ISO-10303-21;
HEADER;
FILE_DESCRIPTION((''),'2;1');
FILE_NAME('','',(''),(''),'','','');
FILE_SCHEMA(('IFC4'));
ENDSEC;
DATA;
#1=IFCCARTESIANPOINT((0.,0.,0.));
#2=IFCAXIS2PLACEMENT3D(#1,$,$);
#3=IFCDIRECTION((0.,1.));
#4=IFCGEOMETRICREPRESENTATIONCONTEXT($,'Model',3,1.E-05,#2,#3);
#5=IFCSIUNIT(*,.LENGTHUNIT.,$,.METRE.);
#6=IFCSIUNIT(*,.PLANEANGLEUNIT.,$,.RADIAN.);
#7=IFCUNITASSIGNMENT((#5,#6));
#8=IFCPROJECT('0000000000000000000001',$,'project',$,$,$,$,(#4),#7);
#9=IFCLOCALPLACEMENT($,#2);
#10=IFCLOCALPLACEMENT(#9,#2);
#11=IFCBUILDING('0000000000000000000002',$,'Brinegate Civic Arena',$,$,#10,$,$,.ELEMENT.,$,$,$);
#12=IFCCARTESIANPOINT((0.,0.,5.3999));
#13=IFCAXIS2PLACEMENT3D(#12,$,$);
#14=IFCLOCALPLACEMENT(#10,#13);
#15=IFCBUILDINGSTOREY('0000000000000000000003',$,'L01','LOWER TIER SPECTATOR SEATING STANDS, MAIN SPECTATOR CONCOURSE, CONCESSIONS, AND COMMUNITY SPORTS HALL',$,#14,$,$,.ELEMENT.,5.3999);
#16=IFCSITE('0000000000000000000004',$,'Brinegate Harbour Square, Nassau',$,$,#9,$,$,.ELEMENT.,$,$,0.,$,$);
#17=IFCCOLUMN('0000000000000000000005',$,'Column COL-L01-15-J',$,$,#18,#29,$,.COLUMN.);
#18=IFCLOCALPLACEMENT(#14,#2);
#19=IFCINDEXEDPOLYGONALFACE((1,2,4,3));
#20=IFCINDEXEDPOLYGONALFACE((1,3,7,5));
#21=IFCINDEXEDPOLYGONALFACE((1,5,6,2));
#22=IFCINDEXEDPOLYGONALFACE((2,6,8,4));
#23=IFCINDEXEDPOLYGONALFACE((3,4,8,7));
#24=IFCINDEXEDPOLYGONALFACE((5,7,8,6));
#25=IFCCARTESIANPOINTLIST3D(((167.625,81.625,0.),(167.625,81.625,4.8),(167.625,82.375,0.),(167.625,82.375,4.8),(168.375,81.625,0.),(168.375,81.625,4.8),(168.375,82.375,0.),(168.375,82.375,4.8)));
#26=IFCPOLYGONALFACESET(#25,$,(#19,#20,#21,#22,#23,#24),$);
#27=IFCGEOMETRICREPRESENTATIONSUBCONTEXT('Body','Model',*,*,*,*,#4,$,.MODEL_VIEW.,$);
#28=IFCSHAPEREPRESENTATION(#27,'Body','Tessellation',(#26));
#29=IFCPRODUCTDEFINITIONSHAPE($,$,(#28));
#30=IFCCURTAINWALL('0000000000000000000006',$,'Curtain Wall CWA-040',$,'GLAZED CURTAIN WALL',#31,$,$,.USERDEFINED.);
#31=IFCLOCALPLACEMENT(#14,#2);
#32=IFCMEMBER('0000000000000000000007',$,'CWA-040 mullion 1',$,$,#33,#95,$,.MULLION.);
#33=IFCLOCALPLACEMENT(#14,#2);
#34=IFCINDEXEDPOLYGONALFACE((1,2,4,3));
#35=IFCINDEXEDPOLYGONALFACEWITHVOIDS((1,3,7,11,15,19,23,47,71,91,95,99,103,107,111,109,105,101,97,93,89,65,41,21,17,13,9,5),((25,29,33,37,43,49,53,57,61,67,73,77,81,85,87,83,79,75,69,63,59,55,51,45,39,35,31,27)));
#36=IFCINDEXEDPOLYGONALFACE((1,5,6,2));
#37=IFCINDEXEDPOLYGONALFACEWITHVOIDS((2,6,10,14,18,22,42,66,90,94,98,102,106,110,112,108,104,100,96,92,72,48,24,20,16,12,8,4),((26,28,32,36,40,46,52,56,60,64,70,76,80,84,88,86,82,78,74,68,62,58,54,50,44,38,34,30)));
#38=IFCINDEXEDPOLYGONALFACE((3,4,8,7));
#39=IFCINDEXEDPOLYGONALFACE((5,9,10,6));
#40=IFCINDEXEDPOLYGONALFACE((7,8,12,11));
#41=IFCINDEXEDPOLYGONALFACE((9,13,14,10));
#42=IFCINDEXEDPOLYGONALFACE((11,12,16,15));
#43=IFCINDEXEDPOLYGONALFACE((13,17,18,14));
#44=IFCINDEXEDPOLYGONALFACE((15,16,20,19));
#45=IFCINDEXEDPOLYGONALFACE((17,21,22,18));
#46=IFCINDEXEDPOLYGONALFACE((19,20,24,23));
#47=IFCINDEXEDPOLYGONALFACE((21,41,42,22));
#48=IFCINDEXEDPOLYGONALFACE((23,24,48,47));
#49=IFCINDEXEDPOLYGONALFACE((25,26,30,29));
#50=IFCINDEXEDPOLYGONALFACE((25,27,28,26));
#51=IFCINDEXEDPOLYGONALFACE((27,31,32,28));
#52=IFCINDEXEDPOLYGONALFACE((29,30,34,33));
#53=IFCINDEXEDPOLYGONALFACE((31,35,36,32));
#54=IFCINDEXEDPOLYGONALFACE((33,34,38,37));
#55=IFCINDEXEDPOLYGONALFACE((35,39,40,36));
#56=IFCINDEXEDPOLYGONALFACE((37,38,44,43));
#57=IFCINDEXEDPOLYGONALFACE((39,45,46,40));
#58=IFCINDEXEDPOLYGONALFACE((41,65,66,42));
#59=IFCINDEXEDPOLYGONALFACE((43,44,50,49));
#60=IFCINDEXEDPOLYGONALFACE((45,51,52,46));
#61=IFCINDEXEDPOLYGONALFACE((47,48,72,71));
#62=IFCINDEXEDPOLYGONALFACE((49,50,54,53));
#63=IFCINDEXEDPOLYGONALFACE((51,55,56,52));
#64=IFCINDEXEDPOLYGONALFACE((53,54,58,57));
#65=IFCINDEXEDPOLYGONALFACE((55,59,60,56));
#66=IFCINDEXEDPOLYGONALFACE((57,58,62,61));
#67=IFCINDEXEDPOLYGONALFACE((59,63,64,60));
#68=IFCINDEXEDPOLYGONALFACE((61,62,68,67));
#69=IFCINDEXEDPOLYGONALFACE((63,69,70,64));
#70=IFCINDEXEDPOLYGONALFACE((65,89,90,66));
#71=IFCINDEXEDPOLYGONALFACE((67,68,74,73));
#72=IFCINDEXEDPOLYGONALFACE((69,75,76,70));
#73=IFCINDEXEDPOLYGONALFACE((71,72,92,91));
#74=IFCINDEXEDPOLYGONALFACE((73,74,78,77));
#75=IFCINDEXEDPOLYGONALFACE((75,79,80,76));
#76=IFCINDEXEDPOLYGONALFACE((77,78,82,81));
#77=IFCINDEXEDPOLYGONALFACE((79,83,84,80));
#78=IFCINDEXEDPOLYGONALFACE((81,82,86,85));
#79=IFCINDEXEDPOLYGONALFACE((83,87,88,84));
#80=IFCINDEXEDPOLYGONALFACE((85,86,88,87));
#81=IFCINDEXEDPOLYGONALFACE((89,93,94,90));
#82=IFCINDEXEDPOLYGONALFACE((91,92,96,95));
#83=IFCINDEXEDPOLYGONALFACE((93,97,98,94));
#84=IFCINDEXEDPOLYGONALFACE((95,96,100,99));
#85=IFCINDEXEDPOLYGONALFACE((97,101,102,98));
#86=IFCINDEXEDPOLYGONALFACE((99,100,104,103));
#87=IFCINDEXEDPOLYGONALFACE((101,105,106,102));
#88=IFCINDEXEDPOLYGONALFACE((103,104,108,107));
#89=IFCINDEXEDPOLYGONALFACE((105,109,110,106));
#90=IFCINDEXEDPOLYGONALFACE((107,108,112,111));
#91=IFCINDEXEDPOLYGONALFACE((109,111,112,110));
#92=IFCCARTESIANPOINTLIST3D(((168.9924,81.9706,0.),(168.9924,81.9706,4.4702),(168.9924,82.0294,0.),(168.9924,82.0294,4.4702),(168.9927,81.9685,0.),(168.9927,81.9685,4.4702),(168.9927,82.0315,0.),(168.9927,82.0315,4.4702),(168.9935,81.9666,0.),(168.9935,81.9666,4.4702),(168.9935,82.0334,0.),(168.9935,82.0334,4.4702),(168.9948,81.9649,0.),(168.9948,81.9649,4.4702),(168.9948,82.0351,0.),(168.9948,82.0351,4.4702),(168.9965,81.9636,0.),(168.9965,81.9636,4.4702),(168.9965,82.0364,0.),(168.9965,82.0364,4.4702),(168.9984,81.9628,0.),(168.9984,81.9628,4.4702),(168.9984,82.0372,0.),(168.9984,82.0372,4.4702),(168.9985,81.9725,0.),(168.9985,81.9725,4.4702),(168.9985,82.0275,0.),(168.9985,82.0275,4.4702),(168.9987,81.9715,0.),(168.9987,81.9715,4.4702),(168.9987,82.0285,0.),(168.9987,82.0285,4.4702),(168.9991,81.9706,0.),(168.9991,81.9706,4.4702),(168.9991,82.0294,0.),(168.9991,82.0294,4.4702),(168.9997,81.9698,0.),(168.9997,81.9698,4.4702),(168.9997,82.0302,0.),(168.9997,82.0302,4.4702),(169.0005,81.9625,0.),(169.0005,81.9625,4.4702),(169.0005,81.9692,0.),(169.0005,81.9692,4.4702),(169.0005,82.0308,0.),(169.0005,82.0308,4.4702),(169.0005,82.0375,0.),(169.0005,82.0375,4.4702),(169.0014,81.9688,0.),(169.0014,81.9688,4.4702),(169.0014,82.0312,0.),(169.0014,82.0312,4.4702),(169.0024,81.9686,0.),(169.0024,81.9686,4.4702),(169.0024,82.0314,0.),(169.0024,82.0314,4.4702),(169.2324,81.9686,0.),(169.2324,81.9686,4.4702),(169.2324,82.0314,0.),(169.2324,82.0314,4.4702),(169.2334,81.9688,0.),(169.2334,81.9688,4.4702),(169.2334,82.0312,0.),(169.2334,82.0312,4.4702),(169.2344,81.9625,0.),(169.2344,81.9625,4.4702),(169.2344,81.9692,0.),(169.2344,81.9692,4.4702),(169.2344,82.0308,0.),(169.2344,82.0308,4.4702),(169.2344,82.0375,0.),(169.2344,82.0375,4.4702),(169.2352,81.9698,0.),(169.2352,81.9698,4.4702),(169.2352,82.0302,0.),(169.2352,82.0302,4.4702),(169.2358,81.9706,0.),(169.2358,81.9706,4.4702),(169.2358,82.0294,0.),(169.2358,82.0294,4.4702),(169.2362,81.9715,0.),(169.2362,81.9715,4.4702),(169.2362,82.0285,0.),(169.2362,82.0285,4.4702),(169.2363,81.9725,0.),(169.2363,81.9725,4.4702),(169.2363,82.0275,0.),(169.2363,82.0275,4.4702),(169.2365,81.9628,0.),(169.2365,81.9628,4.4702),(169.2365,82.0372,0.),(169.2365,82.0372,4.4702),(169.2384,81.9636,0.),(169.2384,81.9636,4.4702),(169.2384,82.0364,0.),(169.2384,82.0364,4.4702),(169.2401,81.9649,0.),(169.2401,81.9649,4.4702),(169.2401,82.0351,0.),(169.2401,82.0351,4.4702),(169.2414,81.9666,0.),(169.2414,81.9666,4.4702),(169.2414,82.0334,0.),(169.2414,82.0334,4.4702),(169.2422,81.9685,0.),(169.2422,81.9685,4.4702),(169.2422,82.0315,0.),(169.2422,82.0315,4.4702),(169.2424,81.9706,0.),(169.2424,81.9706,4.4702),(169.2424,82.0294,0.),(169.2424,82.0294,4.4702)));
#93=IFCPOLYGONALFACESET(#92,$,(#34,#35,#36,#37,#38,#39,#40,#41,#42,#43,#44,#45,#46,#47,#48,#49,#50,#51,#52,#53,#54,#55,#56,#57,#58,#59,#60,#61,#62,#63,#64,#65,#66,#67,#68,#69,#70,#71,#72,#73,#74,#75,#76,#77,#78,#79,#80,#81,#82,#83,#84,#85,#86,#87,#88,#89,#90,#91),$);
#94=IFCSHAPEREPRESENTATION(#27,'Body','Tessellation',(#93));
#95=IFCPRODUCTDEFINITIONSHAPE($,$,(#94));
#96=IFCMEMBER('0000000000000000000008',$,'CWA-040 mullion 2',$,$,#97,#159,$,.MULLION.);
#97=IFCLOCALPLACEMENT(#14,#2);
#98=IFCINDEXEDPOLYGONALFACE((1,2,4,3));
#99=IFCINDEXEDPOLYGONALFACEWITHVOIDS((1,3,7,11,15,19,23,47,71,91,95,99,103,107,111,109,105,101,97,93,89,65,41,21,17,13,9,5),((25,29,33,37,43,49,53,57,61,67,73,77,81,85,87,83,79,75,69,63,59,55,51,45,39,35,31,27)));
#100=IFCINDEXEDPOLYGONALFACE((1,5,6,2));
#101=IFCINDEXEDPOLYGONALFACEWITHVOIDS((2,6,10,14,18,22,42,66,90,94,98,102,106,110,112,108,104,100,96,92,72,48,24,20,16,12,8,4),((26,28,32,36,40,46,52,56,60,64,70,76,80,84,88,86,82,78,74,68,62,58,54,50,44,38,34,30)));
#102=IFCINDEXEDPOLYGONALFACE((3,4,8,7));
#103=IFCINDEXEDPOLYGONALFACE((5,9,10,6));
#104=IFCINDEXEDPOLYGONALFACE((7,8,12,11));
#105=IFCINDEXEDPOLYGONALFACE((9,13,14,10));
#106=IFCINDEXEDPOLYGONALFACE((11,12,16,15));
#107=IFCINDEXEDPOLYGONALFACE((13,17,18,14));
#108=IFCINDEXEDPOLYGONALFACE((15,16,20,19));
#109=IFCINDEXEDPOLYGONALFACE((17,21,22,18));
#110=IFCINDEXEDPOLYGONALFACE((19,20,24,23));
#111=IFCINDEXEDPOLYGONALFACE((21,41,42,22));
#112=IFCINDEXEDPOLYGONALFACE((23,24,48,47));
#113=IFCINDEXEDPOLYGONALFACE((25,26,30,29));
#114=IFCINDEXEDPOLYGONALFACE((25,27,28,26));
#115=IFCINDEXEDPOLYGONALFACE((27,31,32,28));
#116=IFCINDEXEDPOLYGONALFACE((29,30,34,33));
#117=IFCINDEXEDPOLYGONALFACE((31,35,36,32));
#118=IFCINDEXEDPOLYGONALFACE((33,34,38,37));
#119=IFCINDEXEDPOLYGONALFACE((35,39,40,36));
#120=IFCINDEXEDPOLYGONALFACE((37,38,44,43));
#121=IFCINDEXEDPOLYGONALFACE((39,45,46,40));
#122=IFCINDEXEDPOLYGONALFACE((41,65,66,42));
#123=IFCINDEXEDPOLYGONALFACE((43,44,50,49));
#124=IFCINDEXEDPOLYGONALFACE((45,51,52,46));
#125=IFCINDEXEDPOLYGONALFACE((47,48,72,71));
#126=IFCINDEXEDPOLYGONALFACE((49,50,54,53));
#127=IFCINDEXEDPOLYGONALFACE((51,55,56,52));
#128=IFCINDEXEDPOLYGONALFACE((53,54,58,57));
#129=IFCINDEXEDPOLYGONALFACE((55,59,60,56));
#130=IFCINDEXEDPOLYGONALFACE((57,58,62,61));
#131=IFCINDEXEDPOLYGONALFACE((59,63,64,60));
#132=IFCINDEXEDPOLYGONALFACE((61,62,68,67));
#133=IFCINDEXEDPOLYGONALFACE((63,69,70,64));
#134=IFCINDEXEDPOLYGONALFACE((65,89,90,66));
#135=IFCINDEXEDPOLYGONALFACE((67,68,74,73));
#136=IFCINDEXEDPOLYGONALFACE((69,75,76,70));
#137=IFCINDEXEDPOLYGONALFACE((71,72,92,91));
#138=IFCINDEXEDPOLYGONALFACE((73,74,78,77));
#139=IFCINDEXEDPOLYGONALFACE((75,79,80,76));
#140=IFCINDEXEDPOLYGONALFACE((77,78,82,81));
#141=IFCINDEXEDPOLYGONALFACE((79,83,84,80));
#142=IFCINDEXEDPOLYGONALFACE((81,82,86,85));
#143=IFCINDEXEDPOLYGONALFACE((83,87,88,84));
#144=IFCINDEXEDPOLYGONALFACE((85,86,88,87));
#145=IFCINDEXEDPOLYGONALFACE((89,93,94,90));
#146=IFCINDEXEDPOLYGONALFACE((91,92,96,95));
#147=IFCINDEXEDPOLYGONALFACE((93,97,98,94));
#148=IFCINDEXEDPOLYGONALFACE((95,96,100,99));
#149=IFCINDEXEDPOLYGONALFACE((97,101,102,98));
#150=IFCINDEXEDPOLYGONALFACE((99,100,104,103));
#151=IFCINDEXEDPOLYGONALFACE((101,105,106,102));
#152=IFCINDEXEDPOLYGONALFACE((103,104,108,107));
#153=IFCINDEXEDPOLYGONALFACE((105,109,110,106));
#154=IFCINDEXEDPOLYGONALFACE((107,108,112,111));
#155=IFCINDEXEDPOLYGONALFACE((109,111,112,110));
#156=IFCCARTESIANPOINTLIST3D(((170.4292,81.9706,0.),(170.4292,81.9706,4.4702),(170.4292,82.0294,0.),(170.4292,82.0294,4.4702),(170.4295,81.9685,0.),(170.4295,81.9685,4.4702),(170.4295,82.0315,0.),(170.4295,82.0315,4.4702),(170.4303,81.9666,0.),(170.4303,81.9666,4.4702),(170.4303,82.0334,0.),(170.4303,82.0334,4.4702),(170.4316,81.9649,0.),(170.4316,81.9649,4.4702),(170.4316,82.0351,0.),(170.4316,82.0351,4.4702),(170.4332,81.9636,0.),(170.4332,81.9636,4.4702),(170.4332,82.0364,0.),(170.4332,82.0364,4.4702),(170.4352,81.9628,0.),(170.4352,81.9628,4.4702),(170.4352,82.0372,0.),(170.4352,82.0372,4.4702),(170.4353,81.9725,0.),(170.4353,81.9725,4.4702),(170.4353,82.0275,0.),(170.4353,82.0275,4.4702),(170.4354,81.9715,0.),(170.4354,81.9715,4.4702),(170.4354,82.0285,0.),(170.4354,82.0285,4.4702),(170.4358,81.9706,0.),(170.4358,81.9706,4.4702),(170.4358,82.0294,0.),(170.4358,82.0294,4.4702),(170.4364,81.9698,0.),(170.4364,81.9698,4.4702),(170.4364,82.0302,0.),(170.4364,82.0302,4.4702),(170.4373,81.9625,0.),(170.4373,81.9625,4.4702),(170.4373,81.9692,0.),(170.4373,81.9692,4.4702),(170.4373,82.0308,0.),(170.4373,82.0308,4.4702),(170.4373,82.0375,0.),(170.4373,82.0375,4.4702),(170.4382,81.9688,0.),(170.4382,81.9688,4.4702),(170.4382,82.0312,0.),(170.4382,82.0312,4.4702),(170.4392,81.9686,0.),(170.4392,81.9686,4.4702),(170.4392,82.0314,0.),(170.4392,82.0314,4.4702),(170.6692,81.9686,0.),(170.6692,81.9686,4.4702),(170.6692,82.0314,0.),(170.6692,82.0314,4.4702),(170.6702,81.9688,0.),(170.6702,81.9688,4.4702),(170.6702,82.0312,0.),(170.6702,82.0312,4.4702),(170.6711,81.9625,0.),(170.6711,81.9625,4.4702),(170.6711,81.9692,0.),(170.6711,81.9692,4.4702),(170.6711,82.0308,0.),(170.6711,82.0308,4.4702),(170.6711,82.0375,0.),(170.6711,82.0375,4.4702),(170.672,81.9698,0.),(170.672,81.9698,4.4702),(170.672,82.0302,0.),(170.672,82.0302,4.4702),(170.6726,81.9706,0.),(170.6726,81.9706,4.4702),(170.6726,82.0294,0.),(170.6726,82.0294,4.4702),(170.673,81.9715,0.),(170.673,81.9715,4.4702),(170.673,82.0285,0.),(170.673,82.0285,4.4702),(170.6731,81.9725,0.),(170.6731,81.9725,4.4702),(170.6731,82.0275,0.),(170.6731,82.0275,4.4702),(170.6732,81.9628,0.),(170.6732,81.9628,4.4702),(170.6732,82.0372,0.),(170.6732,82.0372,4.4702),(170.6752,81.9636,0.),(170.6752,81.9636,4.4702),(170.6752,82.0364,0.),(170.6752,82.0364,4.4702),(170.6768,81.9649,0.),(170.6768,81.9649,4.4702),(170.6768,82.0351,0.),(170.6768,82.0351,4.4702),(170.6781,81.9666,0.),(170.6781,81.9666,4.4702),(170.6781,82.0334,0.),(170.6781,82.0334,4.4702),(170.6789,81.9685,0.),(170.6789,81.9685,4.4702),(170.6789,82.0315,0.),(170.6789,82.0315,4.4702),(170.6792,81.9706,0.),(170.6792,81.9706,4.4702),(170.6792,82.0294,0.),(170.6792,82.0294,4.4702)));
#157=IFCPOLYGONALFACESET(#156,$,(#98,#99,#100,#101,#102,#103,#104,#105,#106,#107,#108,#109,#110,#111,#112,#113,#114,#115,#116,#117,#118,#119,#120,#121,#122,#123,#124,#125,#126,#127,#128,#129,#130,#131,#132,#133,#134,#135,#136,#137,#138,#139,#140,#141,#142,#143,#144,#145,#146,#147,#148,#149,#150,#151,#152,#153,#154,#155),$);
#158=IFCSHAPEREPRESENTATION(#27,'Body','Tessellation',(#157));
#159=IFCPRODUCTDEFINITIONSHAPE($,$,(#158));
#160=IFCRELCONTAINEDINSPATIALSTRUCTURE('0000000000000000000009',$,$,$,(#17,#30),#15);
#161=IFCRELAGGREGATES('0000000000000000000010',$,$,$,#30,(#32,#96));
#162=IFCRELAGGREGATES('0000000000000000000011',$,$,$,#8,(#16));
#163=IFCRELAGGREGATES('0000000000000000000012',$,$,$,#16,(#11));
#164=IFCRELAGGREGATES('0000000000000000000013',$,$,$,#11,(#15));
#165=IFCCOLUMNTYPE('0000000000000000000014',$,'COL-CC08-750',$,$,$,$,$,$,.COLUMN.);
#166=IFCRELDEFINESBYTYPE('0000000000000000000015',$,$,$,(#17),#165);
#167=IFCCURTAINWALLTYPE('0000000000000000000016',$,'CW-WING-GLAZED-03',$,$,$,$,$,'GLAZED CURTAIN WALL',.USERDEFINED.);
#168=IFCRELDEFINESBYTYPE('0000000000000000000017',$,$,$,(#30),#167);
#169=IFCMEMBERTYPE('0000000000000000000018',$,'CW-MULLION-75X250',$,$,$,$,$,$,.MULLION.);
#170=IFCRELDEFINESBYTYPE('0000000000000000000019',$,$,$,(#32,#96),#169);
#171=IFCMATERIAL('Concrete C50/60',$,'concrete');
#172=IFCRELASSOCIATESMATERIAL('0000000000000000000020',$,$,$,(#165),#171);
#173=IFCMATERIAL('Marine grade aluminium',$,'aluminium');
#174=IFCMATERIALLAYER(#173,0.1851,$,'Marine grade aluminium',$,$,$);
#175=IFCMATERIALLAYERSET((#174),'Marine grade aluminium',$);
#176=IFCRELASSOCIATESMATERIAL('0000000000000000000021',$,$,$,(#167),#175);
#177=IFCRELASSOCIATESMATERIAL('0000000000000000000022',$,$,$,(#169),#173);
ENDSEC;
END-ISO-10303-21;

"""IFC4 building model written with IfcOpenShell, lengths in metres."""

from ifc_helpers import new_model, si_unit, direction, frame, origin, origin_2d, place, context, subcontext, project, spatial, rectangle, hollow_rectangle, extrude, material, layer, layer_set, material_profile, profile_set, type_object, element, aggregate, save


model = new_model("IFC4")

# Units and contexts
model_context = context("Model", 3, precision=1e-05, world=origin(), true_north=direction((0.0, 1.0)))
body_context = subcontext(model_context, "Body", "Model", "MODEL_VIEW")
ifc_project = project(units=[si_unit("LENGTHUNIT", "METRE"), si_unit("PLANEANGLEUNIT", "RADIAN")], contexts=[model_context])

# Site, building, storey
site_placement = place(None, origin())
site = spatial("IfcSite", under=ifc_project, at=site_placement, Name="Brinegate Harbour Square, Nassau", CompositionType="ELEMENT", RefElevation=0.0)
building_placement = place(site_placement, origin())
building = spatial("IfcBuilding", under=site, at=building_placement, Name="Brinegate Civic Arena", CompositionType="ELEMENT")
storey_placement = place(building_placement, frame((0.0, 0.0, 5.3999)))
storey = spatial("IfcBuildingStorey", under=building, at=storey_placement, Name="L01", Description="LOWER TIER SPECTATOR SEATING STANDS, MAIN SPECTATOR CONCOURSE, CONCESSIONS, AND COMMUNITY SPORTS HALL", CompositionType="ELEMENT", Elevation=5.3999)

# Column
ifc_material_1 = material(Name="Concrete C50/60", Category="concrete")
ifc_material_profile_1 = material_profile(ifc_material_1, rectangle(XDim=0.75, YDim=0.75, at=origin_2d()), Name="RC750X750")
ifc_profile_set_1 = profile_set([ifc_material_profile_1], Name="Concrete C50/60")
column_type = type_object("IfcColumnType", Name="COL-CC08-750", PredefinedType="COLUMN", material=ifc_profile_set_1)
column_placement = place(storey_placement, frame((168.0, 82.0, 0.0), z_axis=(0.0, 0.0, 1.0), x_axis=(1.0, 0.0, 0.0)))
element("IfcColumn", 1, at=column_placement, inside=storey, type_object=column_type, Name="Column COL-L01-15-J", PredefinedType="COLUMN", context=body_context, shape_type="SweptSolid", body=[
    extrude(rectangle(XDim=0.75, YDim=0.75, at=origin_2d()), origin(), (0.0, 0.0, 1.0), 4.8),
])

# Curtain wall, members
ifc_material_2 = material(Name="Marine grade aluminium", Category="aluminium")
ifc_layer_1 = layer(ifc_material_2, 0.1851, Name="Marine grade aluminium")
ifc_layer_set_1 = layer_set([ifc_layer_1], Name="Marine grade aluminium")
curtain_wall_type = type_object("IfcCurtainWallType", Name="CW-WING-GLAZED-03", ElementType="GLAZED CURTAIN WALL", PredefinedType="USERDEFINED", material=ifc_layer_set_1)
curtain_wall_placement = place(storey_placement, origin())
curtain_wall = element("IfcCurtainWall", 2, at=curtain_wall_placement, inside=storey, type_object=curtain_wall_type, Name="Curtain Wall CWA-040", ObjectType="GLAZED CURTAIN WALL", PredefinedType="USERDEFINED")
ifc_material_profile_2 = material_profile(ifc_material_2, hollow_rectangle(XDim=0.075, YDim=0.25, WallThickness=0.0061, InnerFilletRadius=0.0039, OuterFilletRadius=0.0081, at=origin_2d()), Name="MUL75X250")
ifc_profile_set_2 = profile_set([ifc_material_profile_2], Name="Marine grade aluminium")
member_type_1 = type_object("IfcMemberType", Name="CW-MULLION-75X250", PredefinedType="MULLION", material=ifc_profile_set_2)
member_1_placement = place(storey_placement, frame((169.1174, 82.0, 0.0), z_axis=(0.0, 0.0, 1.0), x_axis=(0.0, 1.0, 0.0)))
member_1 = element("IfcMember", 3, at=member_1_placement, type_object=member_type_1, Name="CWA-040 mullion 1", PredefinedType="MULLION", context=body_context, shape_type="SweptSolid", body=[
    extrude(hollow_rectangle(XDim=0.075, YDim=0.25, WallThickness=0.0061, InnerFilletRadius=0.0039, OuterFilletRadius=0.0081, at=origin_2d()), origin(), (0.0, 0.0, 1.0), 4.4702),
])
member_2_placement = place(storey_placement, frame((170.5542, 82.0, 0.0), z_axis=(0.0, 0.0, 1.0), x_axis=(0.0, 1.0, 0.0)))
member_2 = element("IfcMember", 4, at=member_2_placement, type_object=member_type_1, Name="CWA-040 mullion 2", PredefinedType="MULLION", context=body_context, shape_type="SweptSolid", body=[
    extrude(hollow_rectangle(XDim=0.075, YDim=0.25, WallThickness=0.0061, InnerFilletRadius=0.0039, OuterFilletRadius=0.0081, at=origin_2d()), origin(), (0.0, 0.0, 1.0), 4.4702),
])

aggregate(curtain_wall, [member_1, member_2])

save(model, "model.ifc")
